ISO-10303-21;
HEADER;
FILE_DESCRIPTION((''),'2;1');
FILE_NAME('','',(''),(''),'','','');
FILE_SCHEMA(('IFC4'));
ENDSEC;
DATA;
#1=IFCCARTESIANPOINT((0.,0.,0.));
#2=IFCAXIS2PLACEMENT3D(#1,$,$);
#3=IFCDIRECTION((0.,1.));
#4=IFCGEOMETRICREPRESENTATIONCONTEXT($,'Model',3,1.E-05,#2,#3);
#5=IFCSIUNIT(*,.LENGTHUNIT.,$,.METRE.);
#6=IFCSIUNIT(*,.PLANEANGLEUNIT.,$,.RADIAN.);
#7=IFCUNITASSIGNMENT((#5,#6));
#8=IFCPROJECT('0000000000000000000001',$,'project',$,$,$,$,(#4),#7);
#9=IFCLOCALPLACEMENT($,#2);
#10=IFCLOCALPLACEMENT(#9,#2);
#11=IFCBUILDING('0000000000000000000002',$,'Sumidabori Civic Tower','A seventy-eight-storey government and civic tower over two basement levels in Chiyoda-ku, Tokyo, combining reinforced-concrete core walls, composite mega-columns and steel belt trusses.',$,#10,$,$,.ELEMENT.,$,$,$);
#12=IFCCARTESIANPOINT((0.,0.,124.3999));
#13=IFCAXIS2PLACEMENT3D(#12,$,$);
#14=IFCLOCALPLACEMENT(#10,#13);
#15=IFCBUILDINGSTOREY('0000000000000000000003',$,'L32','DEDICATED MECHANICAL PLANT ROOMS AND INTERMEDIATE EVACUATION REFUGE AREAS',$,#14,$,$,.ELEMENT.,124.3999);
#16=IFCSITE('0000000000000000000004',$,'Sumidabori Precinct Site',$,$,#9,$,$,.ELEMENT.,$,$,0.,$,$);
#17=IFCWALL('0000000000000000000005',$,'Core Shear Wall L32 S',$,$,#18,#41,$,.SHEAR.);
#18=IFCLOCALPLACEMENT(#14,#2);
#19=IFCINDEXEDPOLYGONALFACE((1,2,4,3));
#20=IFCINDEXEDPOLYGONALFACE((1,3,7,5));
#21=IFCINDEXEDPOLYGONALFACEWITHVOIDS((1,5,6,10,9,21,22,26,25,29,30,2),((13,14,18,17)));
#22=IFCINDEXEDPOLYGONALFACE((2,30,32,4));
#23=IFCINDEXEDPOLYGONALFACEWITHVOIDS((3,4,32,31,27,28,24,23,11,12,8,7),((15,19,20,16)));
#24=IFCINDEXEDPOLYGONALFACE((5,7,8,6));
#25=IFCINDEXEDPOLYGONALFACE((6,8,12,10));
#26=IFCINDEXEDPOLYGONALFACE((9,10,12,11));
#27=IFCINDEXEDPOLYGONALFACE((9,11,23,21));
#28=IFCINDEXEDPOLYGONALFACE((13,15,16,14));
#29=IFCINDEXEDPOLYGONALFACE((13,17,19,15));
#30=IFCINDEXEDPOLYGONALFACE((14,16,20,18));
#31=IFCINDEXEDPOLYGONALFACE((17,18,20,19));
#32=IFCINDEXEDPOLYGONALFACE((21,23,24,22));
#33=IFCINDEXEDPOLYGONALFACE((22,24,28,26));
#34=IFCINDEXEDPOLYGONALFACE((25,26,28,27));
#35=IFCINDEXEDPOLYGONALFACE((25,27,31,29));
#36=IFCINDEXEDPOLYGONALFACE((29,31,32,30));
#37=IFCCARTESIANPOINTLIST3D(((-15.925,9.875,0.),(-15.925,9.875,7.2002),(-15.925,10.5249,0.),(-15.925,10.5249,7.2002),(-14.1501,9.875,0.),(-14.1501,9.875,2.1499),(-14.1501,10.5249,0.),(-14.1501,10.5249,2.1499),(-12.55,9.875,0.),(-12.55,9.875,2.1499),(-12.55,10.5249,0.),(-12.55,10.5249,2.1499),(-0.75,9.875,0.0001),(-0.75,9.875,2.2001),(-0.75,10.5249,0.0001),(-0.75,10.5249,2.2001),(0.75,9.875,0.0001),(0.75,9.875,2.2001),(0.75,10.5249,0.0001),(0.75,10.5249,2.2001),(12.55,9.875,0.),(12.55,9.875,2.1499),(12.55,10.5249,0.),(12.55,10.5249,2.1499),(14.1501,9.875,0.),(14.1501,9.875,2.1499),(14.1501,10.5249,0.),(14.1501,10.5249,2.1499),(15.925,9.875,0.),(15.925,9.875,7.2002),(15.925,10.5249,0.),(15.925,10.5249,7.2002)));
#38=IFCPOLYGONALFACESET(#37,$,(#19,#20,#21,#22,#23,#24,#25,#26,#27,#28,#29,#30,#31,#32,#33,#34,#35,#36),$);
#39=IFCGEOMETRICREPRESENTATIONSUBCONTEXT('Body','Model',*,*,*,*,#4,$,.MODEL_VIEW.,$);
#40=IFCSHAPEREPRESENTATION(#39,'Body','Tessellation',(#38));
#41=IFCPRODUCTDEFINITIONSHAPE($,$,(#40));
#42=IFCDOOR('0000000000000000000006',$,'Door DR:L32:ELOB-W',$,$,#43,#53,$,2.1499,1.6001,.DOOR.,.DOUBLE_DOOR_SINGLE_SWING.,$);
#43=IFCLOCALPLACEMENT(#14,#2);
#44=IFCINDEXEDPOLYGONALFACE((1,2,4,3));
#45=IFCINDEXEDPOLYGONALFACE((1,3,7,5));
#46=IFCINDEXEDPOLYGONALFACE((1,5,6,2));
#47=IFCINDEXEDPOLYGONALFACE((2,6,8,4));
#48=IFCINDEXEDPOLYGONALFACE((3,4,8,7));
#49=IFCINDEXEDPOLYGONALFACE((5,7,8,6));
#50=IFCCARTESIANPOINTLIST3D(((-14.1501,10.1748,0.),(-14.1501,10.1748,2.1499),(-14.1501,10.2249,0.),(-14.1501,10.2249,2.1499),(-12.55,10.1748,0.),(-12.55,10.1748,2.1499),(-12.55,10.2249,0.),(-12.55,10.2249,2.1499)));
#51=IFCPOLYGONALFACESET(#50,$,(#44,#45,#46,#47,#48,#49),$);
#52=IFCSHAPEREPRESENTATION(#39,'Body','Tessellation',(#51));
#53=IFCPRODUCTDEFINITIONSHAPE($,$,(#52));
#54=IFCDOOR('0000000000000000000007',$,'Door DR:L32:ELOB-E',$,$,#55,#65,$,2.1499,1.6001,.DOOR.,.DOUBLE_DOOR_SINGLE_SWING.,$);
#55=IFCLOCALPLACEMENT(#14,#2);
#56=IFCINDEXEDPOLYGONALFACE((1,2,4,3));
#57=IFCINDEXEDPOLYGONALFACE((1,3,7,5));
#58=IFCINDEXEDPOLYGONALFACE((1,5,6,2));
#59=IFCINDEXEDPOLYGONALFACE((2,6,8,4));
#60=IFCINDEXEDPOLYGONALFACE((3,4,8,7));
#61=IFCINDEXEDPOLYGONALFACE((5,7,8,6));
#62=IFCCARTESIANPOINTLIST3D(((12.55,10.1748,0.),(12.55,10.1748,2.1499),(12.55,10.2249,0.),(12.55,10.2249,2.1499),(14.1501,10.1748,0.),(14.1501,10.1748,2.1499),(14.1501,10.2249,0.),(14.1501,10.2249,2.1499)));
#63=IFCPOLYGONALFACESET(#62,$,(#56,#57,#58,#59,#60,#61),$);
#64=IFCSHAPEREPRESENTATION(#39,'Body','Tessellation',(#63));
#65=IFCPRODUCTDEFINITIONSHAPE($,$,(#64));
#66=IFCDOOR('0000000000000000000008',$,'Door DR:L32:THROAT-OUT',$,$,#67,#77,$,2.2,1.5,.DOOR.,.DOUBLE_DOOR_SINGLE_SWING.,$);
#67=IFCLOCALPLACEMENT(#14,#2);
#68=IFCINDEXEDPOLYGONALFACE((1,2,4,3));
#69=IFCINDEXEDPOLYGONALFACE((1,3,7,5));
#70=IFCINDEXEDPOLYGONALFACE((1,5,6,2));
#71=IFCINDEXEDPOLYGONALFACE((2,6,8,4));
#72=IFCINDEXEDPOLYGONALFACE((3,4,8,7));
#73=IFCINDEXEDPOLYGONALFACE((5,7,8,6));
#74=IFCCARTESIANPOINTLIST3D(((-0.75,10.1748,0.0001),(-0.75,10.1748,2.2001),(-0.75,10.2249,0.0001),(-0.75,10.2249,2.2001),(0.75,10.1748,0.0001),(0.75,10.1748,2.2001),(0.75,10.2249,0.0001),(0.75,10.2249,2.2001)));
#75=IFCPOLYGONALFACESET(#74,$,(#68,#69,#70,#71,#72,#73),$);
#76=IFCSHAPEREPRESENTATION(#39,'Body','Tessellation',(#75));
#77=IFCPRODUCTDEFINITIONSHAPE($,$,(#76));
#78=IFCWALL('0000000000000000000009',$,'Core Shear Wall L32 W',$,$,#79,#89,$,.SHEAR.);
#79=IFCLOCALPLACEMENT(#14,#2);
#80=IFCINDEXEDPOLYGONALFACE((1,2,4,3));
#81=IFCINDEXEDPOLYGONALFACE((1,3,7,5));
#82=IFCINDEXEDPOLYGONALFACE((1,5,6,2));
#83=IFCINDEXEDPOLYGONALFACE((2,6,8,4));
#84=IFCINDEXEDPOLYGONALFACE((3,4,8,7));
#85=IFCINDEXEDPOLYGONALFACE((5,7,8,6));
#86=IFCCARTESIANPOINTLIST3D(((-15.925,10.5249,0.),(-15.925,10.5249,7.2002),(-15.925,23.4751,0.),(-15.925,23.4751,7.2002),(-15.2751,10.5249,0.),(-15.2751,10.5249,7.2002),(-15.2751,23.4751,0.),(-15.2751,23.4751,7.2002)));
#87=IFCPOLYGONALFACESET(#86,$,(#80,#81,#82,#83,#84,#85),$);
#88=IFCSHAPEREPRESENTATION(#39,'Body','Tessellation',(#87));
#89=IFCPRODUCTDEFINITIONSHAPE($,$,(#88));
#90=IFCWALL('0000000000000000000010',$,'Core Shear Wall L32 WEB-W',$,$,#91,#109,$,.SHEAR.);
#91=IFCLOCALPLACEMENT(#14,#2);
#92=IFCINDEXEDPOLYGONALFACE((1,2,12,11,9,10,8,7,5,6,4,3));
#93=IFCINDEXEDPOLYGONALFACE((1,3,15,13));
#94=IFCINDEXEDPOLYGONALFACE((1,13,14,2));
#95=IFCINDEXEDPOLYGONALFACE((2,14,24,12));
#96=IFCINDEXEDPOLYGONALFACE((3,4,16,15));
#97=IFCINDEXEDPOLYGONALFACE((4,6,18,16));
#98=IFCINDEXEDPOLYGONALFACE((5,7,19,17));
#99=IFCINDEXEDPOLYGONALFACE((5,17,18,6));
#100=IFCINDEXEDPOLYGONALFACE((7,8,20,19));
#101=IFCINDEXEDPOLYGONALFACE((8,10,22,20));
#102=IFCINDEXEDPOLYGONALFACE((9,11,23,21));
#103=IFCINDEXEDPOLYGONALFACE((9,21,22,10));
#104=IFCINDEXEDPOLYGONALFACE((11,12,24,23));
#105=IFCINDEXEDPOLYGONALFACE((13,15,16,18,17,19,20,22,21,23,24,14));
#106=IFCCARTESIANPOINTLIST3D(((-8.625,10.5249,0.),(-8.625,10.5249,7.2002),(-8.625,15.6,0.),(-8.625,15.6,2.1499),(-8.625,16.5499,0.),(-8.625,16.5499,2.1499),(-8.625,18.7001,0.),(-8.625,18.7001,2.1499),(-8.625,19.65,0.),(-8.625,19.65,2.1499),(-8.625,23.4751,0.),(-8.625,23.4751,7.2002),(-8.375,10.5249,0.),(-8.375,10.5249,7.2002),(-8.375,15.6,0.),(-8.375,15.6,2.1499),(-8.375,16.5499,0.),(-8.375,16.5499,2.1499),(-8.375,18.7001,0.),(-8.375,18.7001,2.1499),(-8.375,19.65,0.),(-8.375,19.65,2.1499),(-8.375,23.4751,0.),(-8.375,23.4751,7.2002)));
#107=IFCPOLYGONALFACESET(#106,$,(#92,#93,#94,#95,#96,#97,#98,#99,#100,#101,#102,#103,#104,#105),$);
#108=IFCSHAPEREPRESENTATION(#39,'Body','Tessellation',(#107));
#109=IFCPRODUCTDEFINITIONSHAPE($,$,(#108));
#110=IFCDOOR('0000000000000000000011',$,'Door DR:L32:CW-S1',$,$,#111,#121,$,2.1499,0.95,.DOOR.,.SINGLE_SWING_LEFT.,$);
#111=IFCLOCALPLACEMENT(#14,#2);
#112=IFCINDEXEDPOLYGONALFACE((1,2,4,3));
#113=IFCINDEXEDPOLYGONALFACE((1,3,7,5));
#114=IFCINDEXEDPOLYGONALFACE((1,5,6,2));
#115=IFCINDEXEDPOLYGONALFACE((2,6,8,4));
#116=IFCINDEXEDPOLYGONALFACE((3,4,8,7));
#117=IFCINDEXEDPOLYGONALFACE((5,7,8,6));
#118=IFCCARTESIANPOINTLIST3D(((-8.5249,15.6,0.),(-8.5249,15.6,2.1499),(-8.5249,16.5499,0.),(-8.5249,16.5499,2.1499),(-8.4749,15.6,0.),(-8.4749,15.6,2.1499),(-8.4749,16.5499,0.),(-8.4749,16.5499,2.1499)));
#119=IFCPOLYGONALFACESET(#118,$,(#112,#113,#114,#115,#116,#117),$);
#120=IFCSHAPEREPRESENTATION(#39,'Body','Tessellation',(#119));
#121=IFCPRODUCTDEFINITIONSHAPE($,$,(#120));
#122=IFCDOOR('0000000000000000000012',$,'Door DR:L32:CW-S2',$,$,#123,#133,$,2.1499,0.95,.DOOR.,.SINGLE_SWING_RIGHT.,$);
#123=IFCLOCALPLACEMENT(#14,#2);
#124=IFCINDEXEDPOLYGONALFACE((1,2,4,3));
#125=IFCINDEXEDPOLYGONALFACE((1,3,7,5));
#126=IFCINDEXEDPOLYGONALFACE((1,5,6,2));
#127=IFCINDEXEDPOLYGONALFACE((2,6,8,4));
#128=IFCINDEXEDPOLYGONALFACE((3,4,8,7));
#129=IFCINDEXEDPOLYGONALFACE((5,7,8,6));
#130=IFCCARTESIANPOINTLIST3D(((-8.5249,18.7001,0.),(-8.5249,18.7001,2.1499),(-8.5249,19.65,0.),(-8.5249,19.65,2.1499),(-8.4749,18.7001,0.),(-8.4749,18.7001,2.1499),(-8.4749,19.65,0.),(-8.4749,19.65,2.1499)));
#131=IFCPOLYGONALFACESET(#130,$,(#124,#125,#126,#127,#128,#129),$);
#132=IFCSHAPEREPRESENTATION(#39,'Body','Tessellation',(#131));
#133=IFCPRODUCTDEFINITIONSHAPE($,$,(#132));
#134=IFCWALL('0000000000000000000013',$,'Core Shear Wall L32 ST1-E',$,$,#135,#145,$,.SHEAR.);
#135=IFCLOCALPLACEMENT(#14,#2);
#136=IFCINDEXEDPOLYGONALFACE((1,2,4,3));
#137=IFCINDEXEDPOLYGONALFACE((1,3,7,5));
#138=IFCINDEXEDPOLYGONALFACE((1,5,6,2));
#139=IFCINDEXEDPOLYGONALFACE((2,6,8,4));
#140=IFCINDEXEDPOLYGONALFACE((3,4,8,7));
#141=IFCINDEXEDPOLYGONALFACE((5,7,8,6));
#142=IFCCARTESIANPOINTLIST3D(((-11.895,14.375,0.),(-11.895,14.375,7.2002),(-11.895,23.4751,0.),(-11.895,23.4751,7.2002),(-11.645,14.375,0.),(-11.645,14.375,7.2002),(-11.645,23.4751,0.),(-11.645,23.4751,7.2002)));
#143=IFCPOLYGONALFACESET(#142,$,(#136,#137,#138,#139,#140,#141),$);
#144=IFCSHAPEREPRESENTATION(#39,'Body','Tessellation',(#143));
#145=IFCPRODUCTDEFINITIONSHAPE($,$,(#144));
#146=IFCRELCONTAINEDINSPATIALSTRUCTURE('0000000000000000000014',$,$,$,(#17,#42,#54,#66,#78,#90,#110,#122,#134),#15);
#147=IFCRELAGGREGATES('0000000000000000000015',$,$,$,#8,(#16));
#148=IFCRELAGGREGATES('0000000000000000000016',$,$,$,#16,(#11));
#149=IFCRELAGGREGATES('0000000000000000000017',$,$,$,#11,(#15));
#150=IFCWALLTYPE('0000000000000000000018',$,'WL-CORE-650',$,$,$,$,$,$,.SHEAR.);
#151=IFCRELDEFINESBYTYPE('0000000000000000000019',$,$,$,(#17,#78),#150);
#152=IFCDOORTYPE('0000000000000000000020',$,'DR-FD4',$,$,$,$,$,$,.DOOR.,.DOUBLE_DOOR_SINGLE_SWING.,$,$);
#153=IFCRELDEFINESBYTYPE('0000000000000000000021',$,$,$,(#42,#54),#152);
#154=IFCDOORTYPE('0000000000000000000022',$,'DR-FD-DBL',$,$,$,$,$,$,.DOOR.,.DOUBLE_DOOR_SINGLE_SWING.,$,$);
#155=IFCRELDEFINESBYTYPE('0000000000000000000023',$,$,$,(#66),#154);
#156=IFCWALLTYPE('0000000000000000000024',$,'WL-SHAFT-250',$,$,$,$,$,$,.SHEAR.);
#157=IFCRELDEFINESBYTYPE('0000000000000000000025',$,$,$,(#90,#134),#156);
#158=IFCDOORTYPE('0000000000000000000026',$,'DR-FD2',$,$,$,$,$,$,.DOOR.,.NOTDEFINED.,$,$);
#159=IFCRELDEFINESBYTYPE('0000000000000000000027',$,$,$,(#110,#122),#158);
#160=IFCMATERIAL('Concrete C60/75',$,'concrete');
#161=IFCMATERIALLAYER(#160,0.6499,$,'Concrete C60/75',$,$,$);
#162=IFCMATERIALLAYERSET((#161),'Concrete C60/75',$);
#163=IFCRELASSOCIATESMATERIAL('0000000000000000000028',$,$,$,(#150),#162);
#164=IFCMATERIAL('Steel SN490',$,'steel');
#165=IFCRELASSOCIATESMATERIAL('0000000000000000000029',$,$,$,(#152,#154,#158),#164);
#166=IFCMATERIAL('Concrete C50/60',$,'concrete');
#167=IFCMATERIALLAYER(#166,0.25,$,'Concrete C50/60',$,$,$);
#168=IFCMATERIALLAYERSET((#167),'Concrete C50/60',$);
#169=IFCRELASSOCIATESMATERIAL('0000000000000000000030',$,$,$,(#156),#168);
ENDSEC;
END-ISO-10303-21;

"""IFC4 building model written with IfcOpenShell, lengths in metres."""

from ifc_helpers import new_model, si_unit, direction, frame, frame_2d, origin, place, context, subcontext, project, spatial, rectangle, extrude, source, transform, mapped, material, layer, layer_set, type_object, element, fill, save


model = new_model("IFC4")

# Units and contexts
model_context = context("Model", 3, precision=1e-05, world=origin(), true_north=direction((0.0, 1.0)))
body_context = subcontext(model_context, "Body", "Model", "MODEL_VIEW")
ifc_project = project(units=[si_unit("LENGTHUNIT", "METRE"), si_unit("PLANEANGLEUNIT", "RADIAN")], contexts=[model_context])

# Site, building, storey
site_placement = place(None, origin())
site = spatial("IfcSite", under=ifc_project, at=site_placement, Name="Sumidabori Precinct Site", CompositionType="ELEMENT", RefElevation=0.0)
building_placement = place(site_placement, origin())
building = spatial("IfcBuilding", under=site, at=building_placement, Name="Sumidabori Civic Tower", Description="A seventy-eight-storey government and civic tower over two basement levels in Chiyoda-ku, Tokyo, combining reinforced-concrete core walls, composite mega-columns and steel belt trusses.", CompositionType="ELEMENT")
storey_placement = place(building_placement, frame((0.0, 0.0, 124.3999)))
storey = spatial("IfcBuildingStorey", under=building, at=storey_placement, Name="L32", Description="DEDICATED MECHANICAL PLANT ROOMS AND INTERMEDIATE EVACUATION REFUGE AREAS", CompositionType="ELEMENT", Elevation=124.3999)

# Shared definitions
ifc_material_1 = material(Name="Concrete C60/75", Category="concrete")

# Shared definitions
ifc_material_2 = material(Name="Steel SN490", Category="steel")

# Shared definitions
ifc_material_3 = material(Name="Concrete C50/60", Category="concrete")

# Wall, openings, doors
ifc_layer_1 = layer(ifc_material_1, 0.6499, Name="Concrete C60/75")
ifc_layer_set_1 = layer_set([ifc_layer_1], Name="Concrete C60/75")
wall_type_1 = type_object("IfcWallType", Name="WL-CORE-650", PredefinedType="SHEAR", material=ifc_layer_set_1)
shared_shape_1 = source(origin(), body_context, "Body", "SweptSolid", [
    extrude(rectangle(XDim=31.8501, YDim=0.6499, at=frame_2d((15.925, 0.0))), origin(), (0.0, 0.0, 1.0), 7.2002),
])
wall_1_placement = place(storey_placement, frame((-15.925, 10.2, 0.0), z_axis=(0.0, 0.0, 1.0), x_axis=(1.0, 0.0, 0.0)))
wall_1 = element("IfcWall", 1, at=wall_1_placement, inside=storey, type_object=wall_type_1, Name="Core Shear Wall L32 S", PredefinedType="SHEAR", context=body_context, shape_type="MappedRepresentation", body=[
    mapped(shared_shape_1, transform((0.0, 0.0, 0.0), x_axis=(1.0, 0.0, 0.0), y_axis=(0.0, 1.0, 0.0), z_axis=(0.0, 0.0, 1.0), scale=1.0)),
])
opening_1_placement = place(wall_1_placement, frame((1.7749, 0.0, 0.0)))
opening_1 = element("IfcOpeningElement", 2, at=opening_1_placement, cuts=wall_1, PredefinedType="OPENING", context=body_context, shape_type="SweptSolid", body=[
    extrude(rectangle(XDim=1.6001, YDim=2.1499, at=frame_2d((0.8, 1.075))), frame((0.0, 0.3369, 0.0), z_axis=(0.0, -1.0, 0.0), x_axis=(1.0, 0.0, 0.0)), (0.0, 0.0, 1.0), 0.6738),
])
opening_2_placement = place(wall_1_placement, frame((28.4751, 0.0, 0.0)))
opening_2 = element("IfcOpeningElement", 3, at=opening_2_placement, cuts=wall_1, PredefinedType="OPENING", context=body_context, shape_type="SweptSolid", body=[
    extrude(rectangle(XDim=1.6001, YDim=2.1499, at=frame_2d((0.8, 1.075))), frame((0.0, 0.3369, 0.0), z_axis=(0.0, -1.0, 0.0), x_axis=(1.0, 0.0, 0.0)), (0.0, 0.0, 1.0), 0.6738),
])
opening_3_placement = place(wall_1_placement, frame((15.175, 0.0, 0.0)))
opening_3 = element("IfcOpeningElement", 4, at=opening_3_placement, cuts=wall_1, PredefinedType="OPENING", context=body_context, shape_type="SweptSolid", body=[
    extrude(rectangle(XDim=1.5, YDim=2.2, at=frame_2d((0.75, 1.1001))), frame((0.0, 0.3369, 0.0), z_axis=(0.0, -1.0, 0.0), x_axis=(1.0, 0.0, 0.0)), (0.0, 0.0, 1.0), 0.6738),
])
door_type_1 = type_object("IfcDoorType", Name="DR-FD4", OperationType="DOUBLE_DOOR_SINGLE_SWING", PredefinedType="DOOR", material=ifc_material_2)
shared_shape_2 = source(origin(), body_context, "Body", "SweptSolid", [
    extrude(rectangle(XDim=1.6001, YDim=2.1499, at=frame_2d((0.8, 1.075))), frame((0.0, 0.0249, 0.0), z_axis=(0.0, -1.0, 0.0), x_axis=(1.0, 0.0, 0.0)), (0.0, 0.0, 1.0), 0.05),
])
door_1_placement = place(opening_1_placement, origin())
door_1 = element("IfcDoor", 5, at=door_1_placement, inside=storey, type_object=door_type_1, Name="Door DR:L32:ELOB-W", OperationType="DOUBLE_DOOR_SINGLE_SWING", OverallHeight=2.1499, OverallWidth=1.6001, PredefinedType="DOOR", context=body_context, shape_type="MappedRepresentation", body=[
    mapped(shared_shape_2, transform((0.0, 0.0, 0.0), x_axis=(1.0, 0.0, 0.0), y_axis=(0.0, 1.0, 0.0), z_axis=(0.0, 0.0, 1.0), scale=1.0)),
])
fill(opening_1, door_1)
door_2_placement = place(opening_2_placement, origin())
door_2 = element("IfcDoor", 6, at=door_2_placement, inside=storey, type_object=door_type_1, Name="Door DR:L32:ELOB-E", OperationType="DOUBLE_DOOR_SINGLE_SWING", OverallHeight=2.1499, OverallWidth=1.6001, PredefinedType="DOOR", context=body_context, shape_type="MappedRepresentation", body=[
    mapped(shared_shape_2, transform((0.0, 0.0, 0.0), x_axis=(1.0, 0.0, 0.0), y_axis=(0.0, 1.0, 0.0), z_axis=(0.0, 0.0, 1.0), scale=1.0)),
])
fill(opening_2, door_2)
door_type_2 = type_object("IfcDoorType", Name="DR-FD-DBL", OperationType="DOUBLE_DOOR_SINGLE_SWING", PredefinedType="DOOR", material=ifc_material_2)
shared_shape_3 = source(origin(), body_context, "Body", "SweptSolid", [
    extrude(rectangle(XDim=1.5, YDim=2.2, at=frame_2d((0.75, 1.1001))), frame((0.0, 0.0249, 0.0), z_axis=(0.0, -1.0, 0.0), x_axis=(1.0, 0.0, 0.0)), (0.0, 0.0, 1.0), 0.05),
])
door_3_placement = place(opening_3_placement, origin())
door_3 = element("IfcDoor", 7, at=door_3_placement, inside=storey, type_object=door_type_2, Name="Door DR:L32:THROAT-OUT", OperationType="DOUBLE_DOOR_SINGLE_SWING", OverallHeight=2.2, OverallWidth=1.5, PredefinedType="DOOR", context=body_context, shape_type="MappedRepresentation", body=[
    mapped(shared_shape_3, transform((0.0, 0.0, 0.0), x_axis=(1.0, 0.0, 0.0), y_axis=(0.0, 1.0, 0.0), z_axis=(0.0, 0.0, 1.0), scale=1.0)),
])
fill(opening_3, door_3)

# Wall
shared_shape_4 = source(origin(), body_context, "Body", "SweptSolid", [
    extrude(rectangle(XDim=12.9502, YDim=0.6499, at=frame_2d((6.4751, 0.0))), origin(), (0.0, 0.0, 1.0), 7.2002),
])
wall_2_placement = place(storey_placement, frame((-15.6001, 10.5249, 0.0), z_axis=(0.0, 0.0, 1.0), x_axis=(0.0, 1.0, 0.0)))
element("IfcWall", 8, at=wall_2_placement, inside=storey, type_object=wall_type_1, Name="Core Shear Wall L32 W", PredefinedType="SHEAR", context=body_context, shape_type="MappedRepresentation", body=[
    mapped(shared_shape_4, transform((0.0, 0.0, 0.0), x_axis=(1.0, 0.0, 0.0), y_axis=(0.0, 1.0, 0.0), z_axis=(0.0, 0.0, 1.0), scale=1.0)),
])

# Wall, openings, doors
ifc_layer_2 = layer(ifc_material_3, 0.25, Name="Concrete C50/60")
ifc_layer_set_2 = layer_set([ifc_layer_2], Name="Concrete C50/60")
wall_type_2 = type_object("IfcWallType", Name="WL-SHAFT-250", PredefinedType="SHEAR", material=ifc_layer_set_2)
shared_shape_5 = source(origin(), body_context, "Body", "SweptSolid", [
    extrude(rectangle(XDim=12.9502, YDim=0.25, at=frame_2d((6.4751, 0.0))), origin(), (0.0, 0.0, 1.0), 7.2002),
])
wall_3_placement = place(storey_placement, frame((-8.5, 10.5249, 0.0), z_axis=(0.0, 0.0, 1.0), x_axis=(0.0, 1.0, 0.0)))
wall_3 = element("IfcWall", 9, at=wall_3_placement, inside=storey, type_object=wall_type_2, Name="Core Shear Wall L32 WEB-W", PredefinedType="SHEAR", context=body_context, shape_type="MappedRepresentation", body=[
    mapped(shared_shape_5, transform((0.0, 0.0, 0.0), x_axis=(1.0, 0.0, 0.0), y_axis=(0.0, 1.0, 0.0), z_axis=(0.0, 0.0, 1.0), scale=1.0)),
])
opening_4_placement = place(wall_3_placement, frame((5.075, 0.0, 0.0)))
opening_4 = element("IfcOpeningElement", 10, at=opening_4_placement, cuts=wall_3, PredefinedType="OPENING", context=body_context, shape_type="SweptSolid", body=[
    extrude(rectangle(XDim=0.95, YDim=2.1499, at=frame_2d((0.4751, 1.075))), frame((0.0, 0.137, 0.0), z_axis=(0.0, -1.0, 0.0), x_axis=(1.0, 0.0, 0.0)), (0.0, 0.0, 1.0), 0.2739),
])
opening_5_placement = place(wall_3_placement, frame((8.175, 0.0, 0.0)))
opening_5 = element("IfcOpeningElement", 11, at=opening_5_placement, cuts=wall_3, PredefinedType="OPENING", context=body_context, shape_type="SweptSolid", body=[
    extrude(rectangle(XDim=0.95, YDim=2.1499, at=frame_2d((0.4751, 1.075))), frame((0.0, 0.137, 0.0), z_axis=(0.0, -1.0, 0.0), x_axis=(1.0, 0.0, 0.0)), (0.0, 0.0, 1.0), 0.2739),
])
door_type_3 = type_object("IfcDoorType", Name="DR-FD2", OperationType="NOTDEFINED", PredefinedType="DOOR", material=ifc_material_2)
shared_shape_6 = source(origin(), body_context, "Body", "SweptSolid", [
    extrude(rectangle(XDim=0.95, YDim=2.1499, at=frame_2d((0.4751, 1.075))), frame((0.0, 0.0249, 0.0), z_axis=(0.0, -1.0, 0.0), x_axis=(1.0, 0.0, 0.0)), (0.0, 0.0, 1.0), 0.05),
])
door_4_placement = place(opening_4_placement, origin())
door_4 = element("IfcDoor", 12, at=door_4_placement, inside=storey, type_object=door_type_3, Name="Door DR:L32:CW-S1", OperationType="SINGLE_SWING_LEFT", OverallHeight=2.1499, OverallWidth=0.95, PredefinedType="DOOR", context=body_context, shape_type="MappedRepresentation", body=[
    mapped(shared_shape_6, transform((0.0, 0.0, 0.0), x_axis=(1.0, 0.0, 0.0), y_axis=(0.0, 1.0, 0.0), z_axis=(0.0, 0.0, 1.0), scale=1.0)),
])
fill(opening_4, door_4)
door_5_placement = place(opening_5_placement, origin())
door_5 = element("IfcDoor", 13, at=door_5_placement, inside=storey, type_object=door_type_3, Name="Door DR:L32:CW-S2", OperationType="SINGLE_SWING_RIGHT", OverallHeight=2.1499, OverallWidth=0.95, PredefinedType="DOOR", context=body_context, shape_type="MappedRepresentation", body=[
    mapped(shared_shape_6, transform((0.0, 0.0, 0.0), x_axis=(1.0, 0.0, 0.0), y_axis=(0.0, 1.0, 0.0), z_axis=(0.0, 0.0, 1.0), scale=1.0)),
])
fill(opening_5, door_5)

# Wall
shared_shape_7 = source(origin(), body_context, "Body", "SweptSolid", [
    extrude(rectangle(XDim=9.1001, YDim=0.25, at=frame_2d((4.55, 0.0))), origin(), (0.0, 0.0, 1.0), 7.2002),
])
wall_4_placement = place(storey_placement, frame((-11.77, 14.375, 0.0), z_axis=(0.0, 0.0, 1.0), x_axis=(0.0, 1.0, 0.0)))
element("IfcWall", 14, at=wall_4_placement, inside=storey, type_object=wall_type_2, Name="Core Shear Wall L32 ST1-E", PredefinedType="SHEAR", context=body_context, shape_type="MappedRepresentation", body=[
    mapped(shared_shape_7, transform((0.0, 0.0, 0.0), x_axis=(1.0, 0.0, 0.0), y_axis=(0.0, 1.0, 0.0), z_axis=(0.0, 0.0, 1.0), scale=1.0)),
])

save(model, "model.ifc")
